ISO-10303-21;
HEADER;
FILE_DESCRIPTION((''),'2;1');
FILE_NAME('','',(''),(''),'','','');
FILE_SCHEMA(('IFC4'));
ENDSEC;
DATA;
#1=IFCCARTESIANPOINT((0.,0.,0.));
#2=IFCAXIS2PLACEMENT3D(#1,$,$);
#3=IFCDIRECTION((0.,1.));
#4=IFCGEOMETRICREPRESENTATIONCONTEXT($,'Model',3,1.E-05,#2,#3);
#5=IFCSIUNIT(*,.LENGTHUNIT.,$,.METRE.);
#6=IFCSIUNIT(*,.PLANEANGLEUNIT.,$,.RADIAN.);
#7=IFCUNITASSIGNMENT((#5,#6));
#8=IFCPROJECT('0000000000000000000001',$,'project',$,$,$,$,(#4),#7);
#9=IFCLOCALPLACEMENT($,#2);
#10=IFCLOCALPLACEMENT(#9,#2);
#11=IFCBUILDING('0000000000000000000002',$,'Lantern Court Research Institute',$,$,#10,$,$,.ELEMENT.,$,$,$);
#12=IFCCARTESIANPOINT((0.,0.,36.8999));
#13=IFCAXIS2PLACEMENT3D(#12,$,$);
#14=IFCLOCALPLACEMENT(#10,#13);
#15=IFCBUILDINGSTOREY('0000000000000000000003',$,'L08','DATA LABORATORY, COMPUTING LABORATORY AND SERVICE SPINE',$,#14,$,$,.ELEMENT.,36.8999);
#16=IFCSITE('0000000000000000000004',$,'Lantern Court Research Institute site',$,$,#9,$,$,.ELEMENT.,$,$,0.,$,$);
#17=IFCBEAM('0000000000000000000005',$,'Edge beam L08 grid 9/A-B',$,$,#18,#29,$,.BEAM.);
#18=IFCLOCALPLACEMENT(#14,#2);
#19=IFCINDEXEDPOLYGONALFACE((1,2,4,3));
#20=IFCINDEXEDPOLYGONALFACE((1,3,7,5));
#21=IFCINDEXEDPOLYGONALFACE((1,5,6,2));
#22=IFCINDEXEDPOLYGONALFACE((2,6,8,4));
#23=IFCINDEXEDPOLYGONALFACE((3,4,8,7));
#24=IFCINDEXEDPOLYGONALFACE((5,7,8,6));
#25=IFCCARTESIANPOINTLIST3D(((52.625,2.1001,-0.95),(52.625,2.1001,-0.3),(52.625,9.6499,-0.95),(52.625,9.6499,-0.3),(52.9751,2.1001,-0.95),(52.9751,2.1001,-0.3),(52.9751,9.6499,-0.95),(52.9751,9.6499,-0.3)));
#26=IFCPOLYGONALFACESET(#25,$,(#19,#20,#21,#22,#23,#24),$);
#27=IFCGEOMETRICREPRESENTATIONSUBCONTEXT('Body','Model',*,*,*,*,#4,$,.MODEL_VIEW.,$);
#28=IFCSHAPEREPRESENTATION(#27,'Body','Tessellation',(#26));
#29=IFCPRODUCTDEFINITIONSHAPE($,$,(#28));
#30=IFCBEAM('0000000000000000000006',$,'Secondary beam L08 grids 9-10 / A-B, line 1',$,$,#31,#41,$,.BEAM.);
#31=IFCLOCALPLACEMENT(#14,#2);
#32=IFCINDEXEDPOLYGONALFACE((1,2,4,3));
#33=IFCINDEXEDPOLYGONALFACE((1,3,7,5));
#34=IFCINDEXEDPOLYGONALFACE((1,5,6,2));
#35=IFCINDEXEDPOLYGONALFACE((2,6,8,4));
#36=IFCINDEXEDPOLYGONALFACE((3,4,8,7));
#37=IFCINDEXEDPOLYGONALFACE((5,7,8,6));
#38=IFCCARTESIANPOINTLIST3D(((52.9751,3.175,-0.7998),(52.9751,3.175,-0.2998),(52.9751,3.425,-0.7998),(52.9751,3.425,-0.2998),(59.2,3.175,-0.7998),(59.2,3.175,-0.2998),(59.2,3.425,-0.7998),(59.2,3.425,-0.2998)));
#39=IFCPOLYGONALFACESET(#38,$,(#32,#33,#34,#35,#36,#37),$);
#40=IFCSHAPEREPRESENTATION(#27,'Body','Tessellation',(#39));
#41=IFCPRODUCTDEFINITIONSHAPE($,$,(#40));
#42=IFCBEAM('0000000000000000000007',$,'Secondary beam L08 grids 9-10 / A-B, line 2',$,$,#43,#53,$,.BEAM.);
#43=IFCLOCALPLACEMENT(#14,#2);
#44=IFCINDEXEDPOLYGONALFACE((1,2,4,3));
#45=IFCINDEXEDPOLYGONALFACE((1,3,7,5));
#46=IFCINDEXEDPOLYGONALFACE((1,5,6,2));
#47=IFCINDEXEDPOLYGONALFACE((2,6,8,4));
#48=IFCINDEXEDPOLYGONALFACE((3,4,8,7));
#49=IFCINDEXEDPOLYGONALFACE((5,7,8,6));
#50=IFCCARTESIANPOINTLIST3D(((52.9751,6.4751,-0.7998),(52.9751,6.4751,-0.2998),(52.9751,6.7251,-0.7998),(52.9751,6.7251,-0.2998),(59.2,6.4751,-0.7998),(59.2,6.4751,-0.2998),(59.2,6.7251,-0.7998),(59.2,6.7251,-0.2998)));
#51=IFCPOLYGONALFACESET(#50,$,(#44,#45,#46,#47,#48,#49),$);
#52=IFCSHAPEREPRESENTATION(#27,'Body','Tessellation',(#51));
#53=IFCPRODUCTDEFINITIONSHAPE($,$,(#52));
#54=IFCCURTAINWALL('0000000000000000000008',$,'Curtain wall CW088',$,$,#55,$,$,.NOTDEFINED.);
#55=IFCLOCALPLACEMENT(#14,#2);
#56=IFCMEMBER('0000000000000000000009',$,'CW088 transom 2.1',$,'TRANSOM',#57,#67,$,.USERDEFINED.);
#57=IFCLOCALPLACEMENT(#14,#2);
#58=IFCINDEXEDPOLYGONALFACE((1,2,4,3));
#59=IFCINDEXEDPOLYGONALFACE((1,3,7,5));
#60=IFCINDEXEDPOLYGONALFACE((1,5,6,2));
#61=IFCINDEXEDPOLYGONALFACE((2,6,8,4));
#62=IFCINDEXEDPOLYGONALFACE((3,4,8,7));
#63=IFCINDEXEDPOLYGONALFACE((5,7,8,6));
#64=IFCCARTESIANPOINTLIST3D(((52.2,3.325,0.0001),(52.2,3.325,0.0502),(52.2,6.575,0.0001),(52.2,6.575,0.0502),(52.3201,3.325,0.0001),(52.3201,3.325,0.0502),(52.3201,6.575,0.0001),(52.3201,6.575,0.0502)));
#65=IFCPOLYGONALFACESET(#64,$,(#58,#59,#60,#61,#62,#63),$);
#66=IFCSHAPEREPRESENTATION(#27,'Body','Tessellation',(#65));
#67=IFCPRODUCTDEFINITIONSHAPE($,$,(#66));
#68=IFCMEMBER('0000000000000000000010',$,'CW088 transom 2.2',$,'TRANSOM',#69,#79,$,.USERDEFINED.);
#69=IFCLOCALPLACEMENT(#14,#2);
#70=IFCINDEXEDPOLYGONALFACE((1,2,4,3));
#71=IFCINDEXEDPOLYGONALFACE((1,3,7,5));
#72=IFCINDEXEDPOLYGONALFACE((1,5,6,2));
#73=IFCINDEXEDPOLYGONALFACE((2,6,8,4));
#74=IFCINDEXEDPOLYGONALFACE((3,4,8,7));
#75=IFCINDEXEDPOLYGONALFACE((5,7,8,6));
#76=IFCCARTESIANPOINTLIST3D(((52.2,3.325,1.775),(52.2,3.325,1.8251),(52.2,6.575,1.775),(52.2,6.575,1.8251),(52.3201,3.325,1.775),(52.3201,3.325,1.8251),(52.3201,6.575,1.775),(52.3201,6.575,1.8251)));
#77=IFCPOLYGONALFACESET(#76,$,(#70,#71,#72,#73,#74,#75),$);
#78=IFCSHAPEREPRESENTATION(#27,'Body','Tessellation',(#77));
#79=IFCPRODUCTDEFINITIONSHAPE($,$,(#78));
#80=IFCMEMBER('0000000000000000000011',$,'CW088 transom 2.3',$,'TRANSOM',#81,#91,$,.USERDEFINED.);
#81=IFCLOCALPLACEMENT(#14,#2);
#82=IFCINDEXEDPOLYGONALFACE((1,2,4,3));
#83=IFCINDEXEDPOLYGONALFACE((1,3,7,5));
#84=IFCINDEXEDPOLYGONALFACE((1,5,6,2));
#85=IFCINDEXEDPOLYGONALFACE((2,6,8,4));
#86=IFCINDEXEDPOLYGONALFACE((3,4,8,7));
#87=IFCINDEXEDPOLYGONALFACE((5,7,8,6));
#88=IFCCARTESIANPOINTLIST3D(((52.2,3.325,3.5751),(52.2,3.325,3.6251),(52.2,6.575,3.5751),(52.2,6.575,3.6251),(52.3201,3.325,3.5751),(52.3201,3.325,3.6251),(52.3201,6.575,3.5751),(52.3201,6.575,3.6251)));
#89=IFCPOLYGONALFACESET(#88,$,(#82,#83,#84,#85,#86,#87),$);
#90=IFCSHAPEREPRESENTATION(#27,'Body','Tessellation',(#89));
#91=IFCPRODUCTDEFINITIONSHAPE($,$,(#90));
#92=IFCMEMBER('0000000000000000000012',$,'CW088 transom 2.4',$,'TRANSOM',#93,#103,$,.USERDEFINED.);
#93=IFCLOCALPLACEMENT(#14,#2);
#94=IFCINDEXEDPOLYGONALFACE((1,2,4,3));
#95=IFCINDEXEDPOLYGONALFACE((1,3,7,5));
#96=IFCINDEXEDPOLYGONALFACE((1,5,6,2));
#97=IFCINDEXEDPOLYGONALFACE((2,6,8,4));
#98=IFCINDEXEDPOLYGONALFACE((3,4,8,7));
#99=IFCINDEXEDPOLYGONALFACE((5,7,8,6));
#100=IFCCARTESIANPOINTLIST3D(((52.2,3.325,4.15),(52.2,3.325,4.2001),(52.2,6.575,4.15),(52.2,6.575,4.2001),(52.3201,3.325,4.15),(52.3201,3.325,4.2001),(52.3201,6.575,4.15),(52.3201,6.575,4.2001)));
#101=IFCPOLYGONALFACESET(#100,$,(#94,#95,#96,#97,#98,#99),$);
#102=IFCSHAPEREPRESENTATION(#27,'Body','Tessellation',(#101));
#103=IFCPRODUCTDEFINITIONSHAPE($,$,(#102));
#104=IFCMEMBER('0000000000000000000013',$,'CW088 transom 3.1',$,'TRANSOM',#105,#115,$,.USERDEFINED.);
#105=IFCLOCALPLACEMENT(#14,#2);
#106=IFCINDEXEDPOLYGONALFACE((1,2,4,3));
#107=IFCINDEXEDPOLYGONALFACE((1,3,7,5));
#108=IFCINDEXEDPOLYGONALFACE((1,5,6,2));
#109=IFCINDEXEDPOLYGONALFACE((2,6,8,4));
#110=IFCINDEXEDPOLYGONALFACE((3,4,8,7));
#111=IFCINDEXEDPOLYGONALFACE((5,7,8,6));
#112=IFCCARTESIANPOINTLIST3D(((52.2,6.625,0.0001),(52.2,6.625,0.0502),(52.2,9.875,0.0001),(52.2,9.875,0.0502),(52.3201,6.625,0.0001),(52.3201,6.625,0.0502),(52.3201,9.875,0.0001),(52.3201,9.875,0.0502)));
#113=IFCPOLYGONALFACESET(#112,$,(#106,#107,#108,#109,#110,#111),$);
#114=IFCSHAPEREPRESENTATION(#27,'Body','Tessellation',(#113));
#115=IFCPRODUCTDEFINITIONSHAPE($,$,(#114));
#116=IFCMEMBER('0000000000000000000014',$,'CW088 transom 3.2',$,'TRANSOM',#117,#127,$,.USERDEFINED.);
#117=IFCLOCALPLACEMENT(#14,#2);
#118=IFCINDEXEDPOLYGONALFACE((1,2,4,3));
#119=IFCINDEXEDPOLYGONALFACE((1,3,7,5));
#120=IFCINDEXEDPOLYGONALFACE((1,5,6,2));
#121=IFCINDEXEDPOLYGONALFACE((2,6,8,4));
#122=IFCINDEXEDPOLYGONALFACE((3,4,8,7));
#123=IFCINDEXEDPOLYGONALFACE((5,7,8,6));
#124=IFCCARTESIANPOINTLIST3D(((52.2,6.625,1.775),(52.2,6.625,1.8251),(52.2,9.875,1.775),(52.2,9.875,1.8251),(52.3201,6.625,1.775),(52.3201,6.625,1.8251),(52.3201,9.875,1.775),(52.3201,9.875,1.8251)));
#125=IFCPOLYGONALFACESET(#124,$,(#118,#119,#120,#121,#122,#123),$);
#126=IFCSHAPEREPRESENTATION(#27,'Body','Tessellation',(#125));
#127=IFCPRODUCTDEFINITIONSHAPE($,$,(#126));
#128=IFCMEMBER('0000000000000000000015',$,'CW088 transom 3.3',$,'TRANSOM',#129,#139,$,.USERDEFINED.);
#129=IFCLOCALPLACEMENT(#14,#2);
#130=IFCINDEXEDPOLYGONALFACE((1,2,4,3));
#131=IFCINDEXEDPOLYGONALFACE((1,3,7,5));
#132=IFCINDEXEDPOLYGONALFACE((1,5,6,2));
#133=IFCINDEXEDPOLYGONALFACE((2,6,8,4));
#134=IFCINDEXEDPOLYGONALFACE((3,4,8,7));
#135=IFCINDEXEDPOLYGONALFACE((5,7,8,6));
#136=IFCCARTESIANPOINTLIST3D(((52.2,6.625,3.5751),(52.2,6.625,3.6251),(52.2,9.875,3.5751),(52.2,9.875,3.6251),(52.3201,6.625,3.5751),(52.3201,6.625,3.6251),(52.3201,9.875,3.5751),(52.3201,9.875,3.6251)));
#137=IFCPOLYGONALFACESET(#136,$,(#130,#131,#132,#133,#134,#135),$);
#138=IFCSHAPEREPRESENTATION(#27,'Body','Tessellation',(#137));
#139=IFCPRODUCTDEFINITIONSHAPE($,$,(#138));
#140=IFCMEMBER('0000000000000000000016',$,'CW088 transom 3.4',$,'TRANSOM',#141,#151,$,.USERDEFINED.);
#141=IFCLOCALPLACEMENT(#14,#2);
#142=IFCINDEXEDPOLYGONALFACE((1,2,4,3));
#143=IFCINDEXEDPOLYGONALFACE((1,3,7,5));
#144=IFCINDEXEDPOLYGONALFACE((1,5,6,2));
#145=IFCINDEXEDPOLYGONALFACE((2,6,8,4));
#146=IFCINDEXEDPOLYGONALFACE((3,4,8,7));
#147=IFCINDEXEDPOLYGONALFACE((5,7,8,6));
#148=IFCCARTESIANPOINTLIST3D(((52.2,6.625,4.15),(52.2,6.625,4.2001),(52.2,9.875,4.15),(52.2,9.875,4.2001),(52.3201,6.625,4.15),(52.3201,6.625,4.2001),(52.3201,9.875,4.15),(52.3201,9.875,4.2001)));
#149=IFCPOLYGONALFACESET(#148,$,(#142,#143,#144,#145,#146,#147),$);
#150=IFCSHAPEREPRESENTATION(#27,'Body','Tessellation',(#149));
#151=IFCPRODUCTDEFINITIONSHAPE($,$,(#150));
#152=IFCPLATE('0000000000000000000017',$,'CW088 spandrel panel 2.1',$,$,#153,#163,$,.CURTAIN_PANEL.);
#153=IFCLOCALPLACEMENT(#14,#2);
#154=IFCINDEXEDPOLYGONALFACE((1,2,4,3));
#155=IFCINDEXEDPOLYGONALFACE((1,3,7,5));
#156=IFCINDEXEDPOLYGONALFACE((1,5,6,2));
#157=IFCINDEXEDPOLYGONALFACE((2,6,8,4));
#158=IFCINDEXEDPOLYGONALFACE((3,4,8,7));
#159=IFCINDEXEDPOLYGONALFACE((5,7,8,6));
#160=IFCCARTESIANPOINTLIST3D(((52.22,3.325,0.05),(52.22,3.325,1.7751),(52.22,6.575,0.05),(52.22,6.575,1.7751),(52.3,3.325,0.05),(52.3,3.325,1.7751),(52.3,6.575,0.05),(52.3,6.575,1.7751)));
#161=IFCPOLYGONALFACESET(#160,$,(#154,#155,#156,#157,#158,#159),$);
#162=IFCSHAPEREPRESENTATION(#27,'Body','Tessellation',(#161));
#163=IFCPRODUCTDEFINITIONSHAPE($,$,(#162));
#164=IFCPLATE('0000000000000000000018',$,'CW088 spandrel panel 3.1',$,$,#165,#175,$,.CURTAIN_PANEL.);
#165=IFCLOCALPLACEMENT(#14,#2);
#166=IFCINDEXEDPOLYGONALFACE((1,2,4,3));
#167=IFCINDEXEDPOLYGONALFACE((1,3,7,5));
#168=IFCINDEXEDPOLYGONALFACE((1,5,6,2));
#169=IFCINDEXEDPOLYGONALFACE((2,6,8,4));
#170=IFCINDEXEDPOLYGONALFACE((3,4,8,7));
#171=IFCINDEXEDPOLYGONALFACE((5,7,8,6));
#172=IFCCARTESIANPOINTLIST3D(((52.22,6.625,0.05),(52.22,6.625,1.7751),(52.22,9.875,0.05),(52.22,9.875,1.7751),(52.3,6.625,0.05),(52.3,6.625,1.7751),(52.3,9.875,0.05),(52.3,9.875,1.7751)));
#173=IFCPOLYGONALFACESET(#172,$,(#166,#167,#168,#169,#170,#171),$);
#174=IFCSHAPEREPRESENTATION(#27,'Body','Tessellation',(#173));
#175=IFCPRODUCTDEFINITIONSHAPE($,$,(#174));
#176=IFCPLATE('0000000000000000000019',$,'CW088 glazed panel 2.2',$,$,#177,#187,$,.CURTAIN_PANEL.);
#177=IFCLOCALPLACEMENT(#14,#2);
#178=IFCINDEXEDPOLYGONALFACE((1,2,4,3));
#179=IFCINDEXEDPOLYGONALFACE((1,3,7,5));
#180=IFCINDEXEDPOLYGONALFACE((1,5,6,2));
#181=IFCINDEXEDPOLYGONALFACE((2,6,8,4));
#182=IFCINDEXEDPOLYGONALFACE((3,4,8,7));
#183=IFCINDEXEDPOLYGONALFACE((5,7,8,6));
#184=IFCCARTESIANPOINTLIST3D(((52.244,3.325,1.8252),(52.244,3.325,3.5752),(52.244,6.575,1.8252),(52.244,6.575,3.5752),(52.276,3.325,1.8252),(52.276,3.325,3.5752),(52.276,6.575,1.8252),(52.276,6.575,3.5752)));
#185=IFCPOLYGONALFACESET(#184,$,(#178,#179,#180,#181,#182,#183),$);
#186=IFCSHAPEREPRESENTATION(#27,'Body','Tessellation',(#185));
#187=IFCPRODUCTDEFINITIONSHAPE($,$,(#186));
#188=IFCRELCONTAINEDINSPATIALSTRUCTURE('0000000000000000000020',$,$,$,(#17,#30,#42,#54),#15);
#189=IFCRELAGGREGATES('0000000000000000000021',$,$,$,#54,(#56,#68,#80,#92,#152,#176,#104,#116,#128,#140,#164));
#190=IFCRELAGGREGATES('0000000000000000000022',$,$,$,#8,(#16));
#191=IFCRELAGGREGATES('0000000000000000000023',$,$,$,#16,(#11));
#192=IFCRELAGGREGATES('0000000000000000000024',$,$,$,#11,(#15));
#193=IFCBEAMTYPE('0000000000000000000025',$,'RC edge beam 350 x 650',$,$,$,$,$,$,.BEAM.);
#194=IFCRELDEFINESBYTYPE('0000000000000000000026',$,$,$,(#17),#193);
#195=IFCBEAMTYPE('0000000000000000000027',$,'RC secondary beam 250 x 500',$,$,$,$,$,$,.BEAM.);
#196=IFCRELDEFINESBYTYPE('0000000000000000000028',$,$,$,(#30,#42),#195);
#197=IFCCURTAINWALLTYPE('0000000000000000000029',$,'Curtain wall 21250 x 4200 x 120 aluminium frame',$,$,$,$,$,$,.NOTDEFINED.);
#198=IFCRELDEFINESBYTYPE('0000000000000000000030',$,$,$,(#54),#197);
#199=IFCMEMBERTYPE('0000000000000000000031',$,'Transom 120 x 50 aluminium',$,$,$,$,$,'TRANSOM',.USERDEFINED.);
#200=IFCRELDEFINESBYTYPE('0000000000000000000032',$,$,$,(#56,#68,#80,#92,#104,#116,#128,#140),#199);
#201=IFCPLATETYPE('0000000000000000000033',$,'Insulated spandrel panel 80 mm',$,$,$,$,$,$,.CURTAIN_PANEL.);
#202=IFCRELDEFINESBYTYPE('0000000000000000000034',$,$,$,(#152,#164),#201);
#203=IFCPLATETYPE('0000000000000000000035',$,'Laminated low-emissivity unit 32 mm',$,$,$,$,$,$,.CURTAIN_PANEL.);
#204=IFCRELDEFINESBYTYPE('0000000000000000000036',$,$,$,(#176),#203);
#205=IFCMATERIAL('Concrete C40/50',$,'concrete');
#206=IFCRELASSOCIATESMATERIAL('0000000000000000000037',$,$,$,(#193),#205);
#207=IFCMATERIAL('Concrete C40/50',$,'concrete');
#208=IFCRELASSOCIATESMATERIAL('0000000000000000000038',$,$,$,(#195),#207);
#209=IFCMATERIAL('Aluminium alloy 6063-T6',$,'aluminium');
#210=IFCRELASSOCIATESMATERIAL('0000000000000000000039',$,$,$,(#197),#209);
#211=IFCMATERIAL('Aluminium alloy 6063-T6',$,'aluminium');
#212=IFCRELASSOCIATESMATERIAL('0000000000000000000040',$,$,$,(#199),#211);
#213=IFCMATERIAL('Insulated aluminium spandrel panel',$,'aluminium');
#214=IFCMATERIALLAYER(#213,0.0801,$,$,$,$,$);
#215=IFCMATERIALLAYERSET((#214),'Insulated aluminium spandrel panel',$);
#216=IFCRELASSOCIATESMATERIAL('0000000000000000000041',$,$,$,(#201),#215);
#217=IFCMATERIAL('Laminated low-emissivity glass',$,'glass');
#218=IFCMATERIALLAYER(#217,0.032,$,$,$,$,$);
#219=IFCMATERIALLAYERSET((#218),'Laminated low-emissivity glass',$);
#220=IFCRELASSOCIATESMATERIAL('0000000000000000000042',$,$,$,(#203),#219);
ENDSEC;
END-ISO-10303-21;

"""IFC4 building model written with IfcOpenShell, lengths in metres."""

from ifc_helpers import new_model, si_unit, direction, frame, origin, origin_2d, place, context, subcontext, project, spatial, rectangle, extrude, material, layer, layer_set, material_profile, profile_set, type_object, element, aggregate, save


model = new_model("IFC4")

# Units and contexts
model_context = context("Model", 3, precision=1e-05, world=origin(), true_north=direction((0.0, 1.0)))
body_context = subcontext(model_context, "Body", "Model", "MODEL_VIEW")
ifc_project = project(units=[si_unit("LENGTHUNIT", "METRE"), si_unit("PLANEANGLEUNIT", "RADIAN")], contexts=[model_context])

# Site, building, storey
site_placement = place(None, origin())
site = spatial("IfcSite", under=ifc_project, at=site_placement, Name="Lantern Court Research Institute site", CompositionType="ELEMENT", RefElevation=0.0)
building_placement = place(site_placement, origin())
building = spatial("IfcBuilding", under=site, at=building_placement, Name="Lantern Court Research Institute", CompositionType="ELEMENT")
storey_placement = place(building_placement, frame((0.0, 0.0, 36.8999)))
storey = spatial("IfcBuildingStorey", under=building, at=storey_placement, Name="L08", Description="DATA LABORATORY, COMPUTING LABORATORY AND SERVICE SPINE", CompositionType="ELEMENT", Elevation=36.8999)

# Beams
ifc_material_1 = material(Name="Concrete C40/50", Category="concrete")
ifc_material_profile_1 = material_profile(ifc_material_1, rectangle(XDim=0.3501, YDim=0.6499, at=origin_2d()), Name="RC beam 350 x 650")
ifc_profile_set_1 = profile_set([ifc_material_profile_1], Name="Concrete C40/50")
beam_type_1 = type_object("IfcBeamType", Name="RC edge beam 350 x 650", PredefinedType="BEAM", material=ifc_profile_set_1)
beam_placement = place(storey_placement, frame((52.8, 2.1001, -0.625), z_axis=(0.0, 1.0, 0.0), x_axis=(-1.0, 0.0, 0.0)))
element("IfcBeam", 1, at=beam_placement, inside=storey, type_object=beam_type_1, Name="Edge beam L08 grid 9/A-B", PredefinedType="BEAM", context=body_context, shape_type="SweptSolid", body=[
    extrude(rectangle(XDim=0.3501, YDim=0.6499, at=origin_2d()), origin(), (0.0, 0.0, 1.0), 7.5498),
])
ifc_material_2 = material(Name="Concrete C40/50", Category="concrete")
ifc_material_profile_2 = material_profile(ifc_material_2, rectangle(XDim=0.25, YDim=0.5, at=origin_2d()), Name="RC beam 250 x 500")
ifc_profile_set_2 = profile_set([ifc_material_profile_2], Name="Concrete C40/50")
beam_type_2 = type_object("IfcBeamType", Name="RC secondary beam 250 x 500", PredefinedType="BEAM", material=ifc_profile_set_2)
for number, where, z_axis, x_axis, name in (
    (2, (52.9751, 3.3, -0.5498), (1.0, 0.0, 0.0), (0.0, 1.0, 0.0), "Secondary beam L08 grids 9-10 / A-B, line 1"),
    (3, (52.9751, 6.6001, -0.5498), (1.0, 0.0, 0.0), (0.0, 1.0, 0.0), "Secondary beam L08 grids 9-10 / A-B, line 2"),
):
    element("IfcBeam", number, at=place(storey_placement, frame(where, z_axis=z_axis, x_axis=x_axis)), inside=storey, type_object=beam_type_2, Name=name, PredefinedType="BEAM", context=body_context, shape_type="SweptSolid", body=[
        extrude(rectangle(XDim=0.25, YDim=0.5, at=origin_2d()), origin(), (0.0, 0.0, 1.0), 6.2249),
    ])

# Curtain wall, members, plates
ifc_material_3 = material(Name="Aluminium alloy 6063-T6", Category="aluminium")
curtain_wall_type = type_object("IfcCurtainWallType", Name="Curtain wall 21250 x 4200 x 120 aluminium frame", PredefinedType="NOTDEFINED", material=ifc_material_3)
curtain_wall_placement = place(storey_placement, origin())
curtain_wall = element("IfcCurtainWall", 4, at=curtain_wall_placement, inside=storey, type_object=curtain_wall_type, Name="Curtain wall CW088", PredefinedType="NOTDEFINED")
ifc_material_4 = material(Name="Aluminium alloy 6063-T6", Category="aluminium")
ifc_material_profile_3 = material_profile(ifc_material_4, rectangle(XDim=0.1201, YDim=0.05, at=origin_2d()), Name="Transom 120 x 50")
ifc_profile_set_3 = profile_set([ifc_material_profile_3], Name="Aluminium alloy 6063-T6")
member_type = type_object("IfcMemberType", Name="Transom 120 x 50 aluminium", ElementType="TRANSOM", PredefinedType="USERDEFINED", material=ifc_profile_set_3)
member_1_placement = place(storey_placement, frame((52.26, 3.325, 0.0251), z_axis=(0.0, 1.0, 0.0), x_axis=(-1.0, 0.0, 0.0)))
member_1 = element("IfcMember", 5, at=member_1_placement, type_object=member_type, Name="CW088 transom 2.1", ObjectType="TRANSOM", PredefinedType="USERDEFINED", context=body_context, shape_type="SweptSolid", body=[
    extrude(rectangle(XDim=0.1201, YDim=0.05, at=origin_2d()), origin(), (0.0, 0.0, 1.0), 3.25),
])
member_2_placement = place(storey_placement, frame((52.26, 3.325, 1.8), z_axis=(0.0, 1.0, 0.0), x_axis=(-1.0, 0.0, 0.0)))
member_2 = element("IfcMember", 6, at=member_2_placement, type_object=member_type, Name="CW088 transom 2.2", ObjectType="TRANSOM", PredefinedType="USERDEFINED", context=body_context, shape_type="SweptSolid", body=[
    extrude(rectangle(XDim=0.1201, YDim=0.05, at=origin_2d()), origin(), (0.0, 0.0, 1.0), 3.25),
])
member_3_placement = place(storey_placement, frame((52.26, 3.325, 3.6001), z_axis=(0.0, 1.0, 0.0), x_axis=(-1.0, 0.0, 0.0)))
member_3 = element("IfcMember", 7, at=member_3_placement, type_object=member_type, Name="CW088 transom 2.3", ObjectType="TRANSOM", PredefinedType="USERDEFINED", context=body_context, shape_type="SweptSolid", body=[
    extrude(rectangle(XDim=0.1201, YDim=0.05, at=origin_2d()), origin(), (0.0, 0.0, 1.0), 3.25),
])
member_4_placement = place(storey_placement, frame((52.26, 3.325, 4.175), z_axis=(0.0, 1.0, 0.0), x_axis=(-1.0, 0.0, 0.0)))
member_4 = element("IfcMember", 8, at=member_4_placement, type_object=member_type, Name="CW088 transom 2.4", ObjectType="TRANSOM", PredefinedType="USERDEFINED", context=body_context, shape_type="SweptSolid", body=[
    extrude(rectangle(XDim=0.1201, YDim=0.05, at=origin_2d()), origin(), (0.0, 0.0, 1.0), 3.25),
])
member_5_placement = place(storey_placement, frame((52.26, 6.625, 0.0251), z_axis=(0.0, 1.0, 0.0), x_axis=(-1.0, 0.0, 0.0)))
member_5 = element("IfcMember", 9, at=member_5_placement, type_object=member_type, Name="CW088 transom 3.1", ObjectType="TRANSOM", PredefinedType="USERDEFINED", context=body_context, shape_type="SweptSolid", body=[
    extrude(rectangle(XDim=0.1201, YDim=0.05, at=origin_2d()), origin(), (0.0, 0.0, 1.0), 3.25),
])
member_6_placement = place(storey_placement, frame((52.26, 6.625, 1.8), z_axis=(0.0, 1.0, 0.0), x_axis=(-1.0, 0.0, 0.0)))
member_6 = element("IfcMember", 10, at=member_6_placement, type_object=member_type, Name="CW088 transom 3.2", ObjectType="TRANSOM", PredefinedType="USERDEFINED", context=body_context, shape_type="SweptSolid", body=[
    extrude(rectangle(XDim=0.1201, YDim=0.05, at=origin_2d()), origin(), (0.0, 0.0, 1.0), 3.25),
])
member_7_placement = place(storey_placement, frame((52.26, 6.625, 3.6001), z_axis=(0.0, 1.0, 0.0), x_axis=(-1.0, 0.0, 0.0)))
member_7 = element("IfcMember", 11, at=member_7_placement, type_object=member_type, Name="CW088 transom 3.3", ObjectType="TRANSOM", PredefinedType="USERDEFINED", context=body_context, shape_type="SweptSolid", body=[
    extrude(rectangle(XDim=0.1201, YDim=0.05, at=origin_2d()), origin(), (0.0, 0.0, 1.0), 3.25),
])
member_8_placement = place(storey_placement, frame((52.26, 6.625, 4.175), z_axis=(0.0, 1.0, 0.0), x_axis=(-1.0, 0.0, 0.0)))
member_8 = element("IfcMember", 12, at=member_8_placement, type_object=member_type, Name="CW088 transom 3.4", ObjectType="TRANSOM", PredefinedType="USERDEFINED", context=body_context, shape_type="SweptSolid", body=[
    extrude(rectangle(XDim=0.1201, YDim=0.05, at=origin_2d()), origin(), (0.0, 0.0, 1.0), 3.25),
])
ifc_material_5 = material(Name="Insulated aluminium spandrel panel", Category="aluminium")
ifc_layer_1 = layer(ifc_material_5, 0.0801)
ifc_layer_set_1 = layer_set([ifc_layer_1], Name="Insulated aluminium spandrel panel")
plate_type_1 = type_object("IfcPlateType", Name="Insulated spandrel panel 80 mm", PredefinedType="CURTAIN_PANEL", material=ifc_layer_set_1)
plate_1_placement = place(storey_placement, frame((52.26, 4.95, 0.05), z_axis=(0.0, 0.0, 1.0), x_axis=(0.0, 1.0, 0.0)))
plate_1 = element("IfcPlate", 13, at=plate_1_placement, type_object=plate_type_1, Name="CW088 spandrel panel 2.1", PredefinedType="CURTAIN_PANEL", context=body_context, shape_type="SweptSolid", body=[
    extrude(rectangle(XDim=3.25, YDim=0.0801, at=origin_2d()), origin(), (0.0, 0.0, 1.0), 1.7251),
])
plate_2_placement = place(storey_placement, frame((52.26, 8.25, 0.05), z_axis=(0.0, 0.0, 1.0), x_axis=(0.0, 1.0, 0.0)))
plate_2 = element("IfcPlate", 14, at=plate_2_placement, type_object=plate_type_1, Name="CW088 spandrel panel 3.1", PredefinedType="CURTAIN_PANEL", context=body_context, shape_type="SweptSolid", body=[
    extrude(rectangle(XDim=3.25, YDim=0.0801, at=origin_2d()), origin(), (0.0, 0.0, 1.0), 1.7251),
])
ifc_material_6 = material(Name="Laminated low-emissivity glass", Category="glass")
ifc_layer_2 = layer(ifc_material_6, 0.032)
ifc_layer_set_2 = layer_set([ifc_layer_2], Name="Laminated low-emissivity glass")
plate_type_2 = type_object("IfcPlateType", Name="Laminated low-emissivity unit 32 mm", PredefinedType="CURTAIN_PANEL", material=ifc_layer_set_2)
plate_3_placement = place(storey_placement, frame((52.26, 4.95, 1.8252), z_axis=(0.0, 0.0, 1.0), x_axis=(0.0, 1.0, 0.0)))
plate_3 = element("IfcPlate", 15, at=plate_3_placement, type_object=plate_type_2, Name="CW088 glazed panel 2.2", PredefinedType="CURTAIN_PANEL", context=body_context, shape_type="SweptSolid", body=[
    extrude(rectangle(XDim=3.25, YDim=0.032, at=origin_2d()), origin(), (0.0, 0.0, 1.0), 1.75),
])
aggregate(curtain_wall, [member_1, member_2, member_3, member_4, plate_1, plate_3, member_5, member_6, member_7, member_8, plate_2])

save(model, "model.ifc")
